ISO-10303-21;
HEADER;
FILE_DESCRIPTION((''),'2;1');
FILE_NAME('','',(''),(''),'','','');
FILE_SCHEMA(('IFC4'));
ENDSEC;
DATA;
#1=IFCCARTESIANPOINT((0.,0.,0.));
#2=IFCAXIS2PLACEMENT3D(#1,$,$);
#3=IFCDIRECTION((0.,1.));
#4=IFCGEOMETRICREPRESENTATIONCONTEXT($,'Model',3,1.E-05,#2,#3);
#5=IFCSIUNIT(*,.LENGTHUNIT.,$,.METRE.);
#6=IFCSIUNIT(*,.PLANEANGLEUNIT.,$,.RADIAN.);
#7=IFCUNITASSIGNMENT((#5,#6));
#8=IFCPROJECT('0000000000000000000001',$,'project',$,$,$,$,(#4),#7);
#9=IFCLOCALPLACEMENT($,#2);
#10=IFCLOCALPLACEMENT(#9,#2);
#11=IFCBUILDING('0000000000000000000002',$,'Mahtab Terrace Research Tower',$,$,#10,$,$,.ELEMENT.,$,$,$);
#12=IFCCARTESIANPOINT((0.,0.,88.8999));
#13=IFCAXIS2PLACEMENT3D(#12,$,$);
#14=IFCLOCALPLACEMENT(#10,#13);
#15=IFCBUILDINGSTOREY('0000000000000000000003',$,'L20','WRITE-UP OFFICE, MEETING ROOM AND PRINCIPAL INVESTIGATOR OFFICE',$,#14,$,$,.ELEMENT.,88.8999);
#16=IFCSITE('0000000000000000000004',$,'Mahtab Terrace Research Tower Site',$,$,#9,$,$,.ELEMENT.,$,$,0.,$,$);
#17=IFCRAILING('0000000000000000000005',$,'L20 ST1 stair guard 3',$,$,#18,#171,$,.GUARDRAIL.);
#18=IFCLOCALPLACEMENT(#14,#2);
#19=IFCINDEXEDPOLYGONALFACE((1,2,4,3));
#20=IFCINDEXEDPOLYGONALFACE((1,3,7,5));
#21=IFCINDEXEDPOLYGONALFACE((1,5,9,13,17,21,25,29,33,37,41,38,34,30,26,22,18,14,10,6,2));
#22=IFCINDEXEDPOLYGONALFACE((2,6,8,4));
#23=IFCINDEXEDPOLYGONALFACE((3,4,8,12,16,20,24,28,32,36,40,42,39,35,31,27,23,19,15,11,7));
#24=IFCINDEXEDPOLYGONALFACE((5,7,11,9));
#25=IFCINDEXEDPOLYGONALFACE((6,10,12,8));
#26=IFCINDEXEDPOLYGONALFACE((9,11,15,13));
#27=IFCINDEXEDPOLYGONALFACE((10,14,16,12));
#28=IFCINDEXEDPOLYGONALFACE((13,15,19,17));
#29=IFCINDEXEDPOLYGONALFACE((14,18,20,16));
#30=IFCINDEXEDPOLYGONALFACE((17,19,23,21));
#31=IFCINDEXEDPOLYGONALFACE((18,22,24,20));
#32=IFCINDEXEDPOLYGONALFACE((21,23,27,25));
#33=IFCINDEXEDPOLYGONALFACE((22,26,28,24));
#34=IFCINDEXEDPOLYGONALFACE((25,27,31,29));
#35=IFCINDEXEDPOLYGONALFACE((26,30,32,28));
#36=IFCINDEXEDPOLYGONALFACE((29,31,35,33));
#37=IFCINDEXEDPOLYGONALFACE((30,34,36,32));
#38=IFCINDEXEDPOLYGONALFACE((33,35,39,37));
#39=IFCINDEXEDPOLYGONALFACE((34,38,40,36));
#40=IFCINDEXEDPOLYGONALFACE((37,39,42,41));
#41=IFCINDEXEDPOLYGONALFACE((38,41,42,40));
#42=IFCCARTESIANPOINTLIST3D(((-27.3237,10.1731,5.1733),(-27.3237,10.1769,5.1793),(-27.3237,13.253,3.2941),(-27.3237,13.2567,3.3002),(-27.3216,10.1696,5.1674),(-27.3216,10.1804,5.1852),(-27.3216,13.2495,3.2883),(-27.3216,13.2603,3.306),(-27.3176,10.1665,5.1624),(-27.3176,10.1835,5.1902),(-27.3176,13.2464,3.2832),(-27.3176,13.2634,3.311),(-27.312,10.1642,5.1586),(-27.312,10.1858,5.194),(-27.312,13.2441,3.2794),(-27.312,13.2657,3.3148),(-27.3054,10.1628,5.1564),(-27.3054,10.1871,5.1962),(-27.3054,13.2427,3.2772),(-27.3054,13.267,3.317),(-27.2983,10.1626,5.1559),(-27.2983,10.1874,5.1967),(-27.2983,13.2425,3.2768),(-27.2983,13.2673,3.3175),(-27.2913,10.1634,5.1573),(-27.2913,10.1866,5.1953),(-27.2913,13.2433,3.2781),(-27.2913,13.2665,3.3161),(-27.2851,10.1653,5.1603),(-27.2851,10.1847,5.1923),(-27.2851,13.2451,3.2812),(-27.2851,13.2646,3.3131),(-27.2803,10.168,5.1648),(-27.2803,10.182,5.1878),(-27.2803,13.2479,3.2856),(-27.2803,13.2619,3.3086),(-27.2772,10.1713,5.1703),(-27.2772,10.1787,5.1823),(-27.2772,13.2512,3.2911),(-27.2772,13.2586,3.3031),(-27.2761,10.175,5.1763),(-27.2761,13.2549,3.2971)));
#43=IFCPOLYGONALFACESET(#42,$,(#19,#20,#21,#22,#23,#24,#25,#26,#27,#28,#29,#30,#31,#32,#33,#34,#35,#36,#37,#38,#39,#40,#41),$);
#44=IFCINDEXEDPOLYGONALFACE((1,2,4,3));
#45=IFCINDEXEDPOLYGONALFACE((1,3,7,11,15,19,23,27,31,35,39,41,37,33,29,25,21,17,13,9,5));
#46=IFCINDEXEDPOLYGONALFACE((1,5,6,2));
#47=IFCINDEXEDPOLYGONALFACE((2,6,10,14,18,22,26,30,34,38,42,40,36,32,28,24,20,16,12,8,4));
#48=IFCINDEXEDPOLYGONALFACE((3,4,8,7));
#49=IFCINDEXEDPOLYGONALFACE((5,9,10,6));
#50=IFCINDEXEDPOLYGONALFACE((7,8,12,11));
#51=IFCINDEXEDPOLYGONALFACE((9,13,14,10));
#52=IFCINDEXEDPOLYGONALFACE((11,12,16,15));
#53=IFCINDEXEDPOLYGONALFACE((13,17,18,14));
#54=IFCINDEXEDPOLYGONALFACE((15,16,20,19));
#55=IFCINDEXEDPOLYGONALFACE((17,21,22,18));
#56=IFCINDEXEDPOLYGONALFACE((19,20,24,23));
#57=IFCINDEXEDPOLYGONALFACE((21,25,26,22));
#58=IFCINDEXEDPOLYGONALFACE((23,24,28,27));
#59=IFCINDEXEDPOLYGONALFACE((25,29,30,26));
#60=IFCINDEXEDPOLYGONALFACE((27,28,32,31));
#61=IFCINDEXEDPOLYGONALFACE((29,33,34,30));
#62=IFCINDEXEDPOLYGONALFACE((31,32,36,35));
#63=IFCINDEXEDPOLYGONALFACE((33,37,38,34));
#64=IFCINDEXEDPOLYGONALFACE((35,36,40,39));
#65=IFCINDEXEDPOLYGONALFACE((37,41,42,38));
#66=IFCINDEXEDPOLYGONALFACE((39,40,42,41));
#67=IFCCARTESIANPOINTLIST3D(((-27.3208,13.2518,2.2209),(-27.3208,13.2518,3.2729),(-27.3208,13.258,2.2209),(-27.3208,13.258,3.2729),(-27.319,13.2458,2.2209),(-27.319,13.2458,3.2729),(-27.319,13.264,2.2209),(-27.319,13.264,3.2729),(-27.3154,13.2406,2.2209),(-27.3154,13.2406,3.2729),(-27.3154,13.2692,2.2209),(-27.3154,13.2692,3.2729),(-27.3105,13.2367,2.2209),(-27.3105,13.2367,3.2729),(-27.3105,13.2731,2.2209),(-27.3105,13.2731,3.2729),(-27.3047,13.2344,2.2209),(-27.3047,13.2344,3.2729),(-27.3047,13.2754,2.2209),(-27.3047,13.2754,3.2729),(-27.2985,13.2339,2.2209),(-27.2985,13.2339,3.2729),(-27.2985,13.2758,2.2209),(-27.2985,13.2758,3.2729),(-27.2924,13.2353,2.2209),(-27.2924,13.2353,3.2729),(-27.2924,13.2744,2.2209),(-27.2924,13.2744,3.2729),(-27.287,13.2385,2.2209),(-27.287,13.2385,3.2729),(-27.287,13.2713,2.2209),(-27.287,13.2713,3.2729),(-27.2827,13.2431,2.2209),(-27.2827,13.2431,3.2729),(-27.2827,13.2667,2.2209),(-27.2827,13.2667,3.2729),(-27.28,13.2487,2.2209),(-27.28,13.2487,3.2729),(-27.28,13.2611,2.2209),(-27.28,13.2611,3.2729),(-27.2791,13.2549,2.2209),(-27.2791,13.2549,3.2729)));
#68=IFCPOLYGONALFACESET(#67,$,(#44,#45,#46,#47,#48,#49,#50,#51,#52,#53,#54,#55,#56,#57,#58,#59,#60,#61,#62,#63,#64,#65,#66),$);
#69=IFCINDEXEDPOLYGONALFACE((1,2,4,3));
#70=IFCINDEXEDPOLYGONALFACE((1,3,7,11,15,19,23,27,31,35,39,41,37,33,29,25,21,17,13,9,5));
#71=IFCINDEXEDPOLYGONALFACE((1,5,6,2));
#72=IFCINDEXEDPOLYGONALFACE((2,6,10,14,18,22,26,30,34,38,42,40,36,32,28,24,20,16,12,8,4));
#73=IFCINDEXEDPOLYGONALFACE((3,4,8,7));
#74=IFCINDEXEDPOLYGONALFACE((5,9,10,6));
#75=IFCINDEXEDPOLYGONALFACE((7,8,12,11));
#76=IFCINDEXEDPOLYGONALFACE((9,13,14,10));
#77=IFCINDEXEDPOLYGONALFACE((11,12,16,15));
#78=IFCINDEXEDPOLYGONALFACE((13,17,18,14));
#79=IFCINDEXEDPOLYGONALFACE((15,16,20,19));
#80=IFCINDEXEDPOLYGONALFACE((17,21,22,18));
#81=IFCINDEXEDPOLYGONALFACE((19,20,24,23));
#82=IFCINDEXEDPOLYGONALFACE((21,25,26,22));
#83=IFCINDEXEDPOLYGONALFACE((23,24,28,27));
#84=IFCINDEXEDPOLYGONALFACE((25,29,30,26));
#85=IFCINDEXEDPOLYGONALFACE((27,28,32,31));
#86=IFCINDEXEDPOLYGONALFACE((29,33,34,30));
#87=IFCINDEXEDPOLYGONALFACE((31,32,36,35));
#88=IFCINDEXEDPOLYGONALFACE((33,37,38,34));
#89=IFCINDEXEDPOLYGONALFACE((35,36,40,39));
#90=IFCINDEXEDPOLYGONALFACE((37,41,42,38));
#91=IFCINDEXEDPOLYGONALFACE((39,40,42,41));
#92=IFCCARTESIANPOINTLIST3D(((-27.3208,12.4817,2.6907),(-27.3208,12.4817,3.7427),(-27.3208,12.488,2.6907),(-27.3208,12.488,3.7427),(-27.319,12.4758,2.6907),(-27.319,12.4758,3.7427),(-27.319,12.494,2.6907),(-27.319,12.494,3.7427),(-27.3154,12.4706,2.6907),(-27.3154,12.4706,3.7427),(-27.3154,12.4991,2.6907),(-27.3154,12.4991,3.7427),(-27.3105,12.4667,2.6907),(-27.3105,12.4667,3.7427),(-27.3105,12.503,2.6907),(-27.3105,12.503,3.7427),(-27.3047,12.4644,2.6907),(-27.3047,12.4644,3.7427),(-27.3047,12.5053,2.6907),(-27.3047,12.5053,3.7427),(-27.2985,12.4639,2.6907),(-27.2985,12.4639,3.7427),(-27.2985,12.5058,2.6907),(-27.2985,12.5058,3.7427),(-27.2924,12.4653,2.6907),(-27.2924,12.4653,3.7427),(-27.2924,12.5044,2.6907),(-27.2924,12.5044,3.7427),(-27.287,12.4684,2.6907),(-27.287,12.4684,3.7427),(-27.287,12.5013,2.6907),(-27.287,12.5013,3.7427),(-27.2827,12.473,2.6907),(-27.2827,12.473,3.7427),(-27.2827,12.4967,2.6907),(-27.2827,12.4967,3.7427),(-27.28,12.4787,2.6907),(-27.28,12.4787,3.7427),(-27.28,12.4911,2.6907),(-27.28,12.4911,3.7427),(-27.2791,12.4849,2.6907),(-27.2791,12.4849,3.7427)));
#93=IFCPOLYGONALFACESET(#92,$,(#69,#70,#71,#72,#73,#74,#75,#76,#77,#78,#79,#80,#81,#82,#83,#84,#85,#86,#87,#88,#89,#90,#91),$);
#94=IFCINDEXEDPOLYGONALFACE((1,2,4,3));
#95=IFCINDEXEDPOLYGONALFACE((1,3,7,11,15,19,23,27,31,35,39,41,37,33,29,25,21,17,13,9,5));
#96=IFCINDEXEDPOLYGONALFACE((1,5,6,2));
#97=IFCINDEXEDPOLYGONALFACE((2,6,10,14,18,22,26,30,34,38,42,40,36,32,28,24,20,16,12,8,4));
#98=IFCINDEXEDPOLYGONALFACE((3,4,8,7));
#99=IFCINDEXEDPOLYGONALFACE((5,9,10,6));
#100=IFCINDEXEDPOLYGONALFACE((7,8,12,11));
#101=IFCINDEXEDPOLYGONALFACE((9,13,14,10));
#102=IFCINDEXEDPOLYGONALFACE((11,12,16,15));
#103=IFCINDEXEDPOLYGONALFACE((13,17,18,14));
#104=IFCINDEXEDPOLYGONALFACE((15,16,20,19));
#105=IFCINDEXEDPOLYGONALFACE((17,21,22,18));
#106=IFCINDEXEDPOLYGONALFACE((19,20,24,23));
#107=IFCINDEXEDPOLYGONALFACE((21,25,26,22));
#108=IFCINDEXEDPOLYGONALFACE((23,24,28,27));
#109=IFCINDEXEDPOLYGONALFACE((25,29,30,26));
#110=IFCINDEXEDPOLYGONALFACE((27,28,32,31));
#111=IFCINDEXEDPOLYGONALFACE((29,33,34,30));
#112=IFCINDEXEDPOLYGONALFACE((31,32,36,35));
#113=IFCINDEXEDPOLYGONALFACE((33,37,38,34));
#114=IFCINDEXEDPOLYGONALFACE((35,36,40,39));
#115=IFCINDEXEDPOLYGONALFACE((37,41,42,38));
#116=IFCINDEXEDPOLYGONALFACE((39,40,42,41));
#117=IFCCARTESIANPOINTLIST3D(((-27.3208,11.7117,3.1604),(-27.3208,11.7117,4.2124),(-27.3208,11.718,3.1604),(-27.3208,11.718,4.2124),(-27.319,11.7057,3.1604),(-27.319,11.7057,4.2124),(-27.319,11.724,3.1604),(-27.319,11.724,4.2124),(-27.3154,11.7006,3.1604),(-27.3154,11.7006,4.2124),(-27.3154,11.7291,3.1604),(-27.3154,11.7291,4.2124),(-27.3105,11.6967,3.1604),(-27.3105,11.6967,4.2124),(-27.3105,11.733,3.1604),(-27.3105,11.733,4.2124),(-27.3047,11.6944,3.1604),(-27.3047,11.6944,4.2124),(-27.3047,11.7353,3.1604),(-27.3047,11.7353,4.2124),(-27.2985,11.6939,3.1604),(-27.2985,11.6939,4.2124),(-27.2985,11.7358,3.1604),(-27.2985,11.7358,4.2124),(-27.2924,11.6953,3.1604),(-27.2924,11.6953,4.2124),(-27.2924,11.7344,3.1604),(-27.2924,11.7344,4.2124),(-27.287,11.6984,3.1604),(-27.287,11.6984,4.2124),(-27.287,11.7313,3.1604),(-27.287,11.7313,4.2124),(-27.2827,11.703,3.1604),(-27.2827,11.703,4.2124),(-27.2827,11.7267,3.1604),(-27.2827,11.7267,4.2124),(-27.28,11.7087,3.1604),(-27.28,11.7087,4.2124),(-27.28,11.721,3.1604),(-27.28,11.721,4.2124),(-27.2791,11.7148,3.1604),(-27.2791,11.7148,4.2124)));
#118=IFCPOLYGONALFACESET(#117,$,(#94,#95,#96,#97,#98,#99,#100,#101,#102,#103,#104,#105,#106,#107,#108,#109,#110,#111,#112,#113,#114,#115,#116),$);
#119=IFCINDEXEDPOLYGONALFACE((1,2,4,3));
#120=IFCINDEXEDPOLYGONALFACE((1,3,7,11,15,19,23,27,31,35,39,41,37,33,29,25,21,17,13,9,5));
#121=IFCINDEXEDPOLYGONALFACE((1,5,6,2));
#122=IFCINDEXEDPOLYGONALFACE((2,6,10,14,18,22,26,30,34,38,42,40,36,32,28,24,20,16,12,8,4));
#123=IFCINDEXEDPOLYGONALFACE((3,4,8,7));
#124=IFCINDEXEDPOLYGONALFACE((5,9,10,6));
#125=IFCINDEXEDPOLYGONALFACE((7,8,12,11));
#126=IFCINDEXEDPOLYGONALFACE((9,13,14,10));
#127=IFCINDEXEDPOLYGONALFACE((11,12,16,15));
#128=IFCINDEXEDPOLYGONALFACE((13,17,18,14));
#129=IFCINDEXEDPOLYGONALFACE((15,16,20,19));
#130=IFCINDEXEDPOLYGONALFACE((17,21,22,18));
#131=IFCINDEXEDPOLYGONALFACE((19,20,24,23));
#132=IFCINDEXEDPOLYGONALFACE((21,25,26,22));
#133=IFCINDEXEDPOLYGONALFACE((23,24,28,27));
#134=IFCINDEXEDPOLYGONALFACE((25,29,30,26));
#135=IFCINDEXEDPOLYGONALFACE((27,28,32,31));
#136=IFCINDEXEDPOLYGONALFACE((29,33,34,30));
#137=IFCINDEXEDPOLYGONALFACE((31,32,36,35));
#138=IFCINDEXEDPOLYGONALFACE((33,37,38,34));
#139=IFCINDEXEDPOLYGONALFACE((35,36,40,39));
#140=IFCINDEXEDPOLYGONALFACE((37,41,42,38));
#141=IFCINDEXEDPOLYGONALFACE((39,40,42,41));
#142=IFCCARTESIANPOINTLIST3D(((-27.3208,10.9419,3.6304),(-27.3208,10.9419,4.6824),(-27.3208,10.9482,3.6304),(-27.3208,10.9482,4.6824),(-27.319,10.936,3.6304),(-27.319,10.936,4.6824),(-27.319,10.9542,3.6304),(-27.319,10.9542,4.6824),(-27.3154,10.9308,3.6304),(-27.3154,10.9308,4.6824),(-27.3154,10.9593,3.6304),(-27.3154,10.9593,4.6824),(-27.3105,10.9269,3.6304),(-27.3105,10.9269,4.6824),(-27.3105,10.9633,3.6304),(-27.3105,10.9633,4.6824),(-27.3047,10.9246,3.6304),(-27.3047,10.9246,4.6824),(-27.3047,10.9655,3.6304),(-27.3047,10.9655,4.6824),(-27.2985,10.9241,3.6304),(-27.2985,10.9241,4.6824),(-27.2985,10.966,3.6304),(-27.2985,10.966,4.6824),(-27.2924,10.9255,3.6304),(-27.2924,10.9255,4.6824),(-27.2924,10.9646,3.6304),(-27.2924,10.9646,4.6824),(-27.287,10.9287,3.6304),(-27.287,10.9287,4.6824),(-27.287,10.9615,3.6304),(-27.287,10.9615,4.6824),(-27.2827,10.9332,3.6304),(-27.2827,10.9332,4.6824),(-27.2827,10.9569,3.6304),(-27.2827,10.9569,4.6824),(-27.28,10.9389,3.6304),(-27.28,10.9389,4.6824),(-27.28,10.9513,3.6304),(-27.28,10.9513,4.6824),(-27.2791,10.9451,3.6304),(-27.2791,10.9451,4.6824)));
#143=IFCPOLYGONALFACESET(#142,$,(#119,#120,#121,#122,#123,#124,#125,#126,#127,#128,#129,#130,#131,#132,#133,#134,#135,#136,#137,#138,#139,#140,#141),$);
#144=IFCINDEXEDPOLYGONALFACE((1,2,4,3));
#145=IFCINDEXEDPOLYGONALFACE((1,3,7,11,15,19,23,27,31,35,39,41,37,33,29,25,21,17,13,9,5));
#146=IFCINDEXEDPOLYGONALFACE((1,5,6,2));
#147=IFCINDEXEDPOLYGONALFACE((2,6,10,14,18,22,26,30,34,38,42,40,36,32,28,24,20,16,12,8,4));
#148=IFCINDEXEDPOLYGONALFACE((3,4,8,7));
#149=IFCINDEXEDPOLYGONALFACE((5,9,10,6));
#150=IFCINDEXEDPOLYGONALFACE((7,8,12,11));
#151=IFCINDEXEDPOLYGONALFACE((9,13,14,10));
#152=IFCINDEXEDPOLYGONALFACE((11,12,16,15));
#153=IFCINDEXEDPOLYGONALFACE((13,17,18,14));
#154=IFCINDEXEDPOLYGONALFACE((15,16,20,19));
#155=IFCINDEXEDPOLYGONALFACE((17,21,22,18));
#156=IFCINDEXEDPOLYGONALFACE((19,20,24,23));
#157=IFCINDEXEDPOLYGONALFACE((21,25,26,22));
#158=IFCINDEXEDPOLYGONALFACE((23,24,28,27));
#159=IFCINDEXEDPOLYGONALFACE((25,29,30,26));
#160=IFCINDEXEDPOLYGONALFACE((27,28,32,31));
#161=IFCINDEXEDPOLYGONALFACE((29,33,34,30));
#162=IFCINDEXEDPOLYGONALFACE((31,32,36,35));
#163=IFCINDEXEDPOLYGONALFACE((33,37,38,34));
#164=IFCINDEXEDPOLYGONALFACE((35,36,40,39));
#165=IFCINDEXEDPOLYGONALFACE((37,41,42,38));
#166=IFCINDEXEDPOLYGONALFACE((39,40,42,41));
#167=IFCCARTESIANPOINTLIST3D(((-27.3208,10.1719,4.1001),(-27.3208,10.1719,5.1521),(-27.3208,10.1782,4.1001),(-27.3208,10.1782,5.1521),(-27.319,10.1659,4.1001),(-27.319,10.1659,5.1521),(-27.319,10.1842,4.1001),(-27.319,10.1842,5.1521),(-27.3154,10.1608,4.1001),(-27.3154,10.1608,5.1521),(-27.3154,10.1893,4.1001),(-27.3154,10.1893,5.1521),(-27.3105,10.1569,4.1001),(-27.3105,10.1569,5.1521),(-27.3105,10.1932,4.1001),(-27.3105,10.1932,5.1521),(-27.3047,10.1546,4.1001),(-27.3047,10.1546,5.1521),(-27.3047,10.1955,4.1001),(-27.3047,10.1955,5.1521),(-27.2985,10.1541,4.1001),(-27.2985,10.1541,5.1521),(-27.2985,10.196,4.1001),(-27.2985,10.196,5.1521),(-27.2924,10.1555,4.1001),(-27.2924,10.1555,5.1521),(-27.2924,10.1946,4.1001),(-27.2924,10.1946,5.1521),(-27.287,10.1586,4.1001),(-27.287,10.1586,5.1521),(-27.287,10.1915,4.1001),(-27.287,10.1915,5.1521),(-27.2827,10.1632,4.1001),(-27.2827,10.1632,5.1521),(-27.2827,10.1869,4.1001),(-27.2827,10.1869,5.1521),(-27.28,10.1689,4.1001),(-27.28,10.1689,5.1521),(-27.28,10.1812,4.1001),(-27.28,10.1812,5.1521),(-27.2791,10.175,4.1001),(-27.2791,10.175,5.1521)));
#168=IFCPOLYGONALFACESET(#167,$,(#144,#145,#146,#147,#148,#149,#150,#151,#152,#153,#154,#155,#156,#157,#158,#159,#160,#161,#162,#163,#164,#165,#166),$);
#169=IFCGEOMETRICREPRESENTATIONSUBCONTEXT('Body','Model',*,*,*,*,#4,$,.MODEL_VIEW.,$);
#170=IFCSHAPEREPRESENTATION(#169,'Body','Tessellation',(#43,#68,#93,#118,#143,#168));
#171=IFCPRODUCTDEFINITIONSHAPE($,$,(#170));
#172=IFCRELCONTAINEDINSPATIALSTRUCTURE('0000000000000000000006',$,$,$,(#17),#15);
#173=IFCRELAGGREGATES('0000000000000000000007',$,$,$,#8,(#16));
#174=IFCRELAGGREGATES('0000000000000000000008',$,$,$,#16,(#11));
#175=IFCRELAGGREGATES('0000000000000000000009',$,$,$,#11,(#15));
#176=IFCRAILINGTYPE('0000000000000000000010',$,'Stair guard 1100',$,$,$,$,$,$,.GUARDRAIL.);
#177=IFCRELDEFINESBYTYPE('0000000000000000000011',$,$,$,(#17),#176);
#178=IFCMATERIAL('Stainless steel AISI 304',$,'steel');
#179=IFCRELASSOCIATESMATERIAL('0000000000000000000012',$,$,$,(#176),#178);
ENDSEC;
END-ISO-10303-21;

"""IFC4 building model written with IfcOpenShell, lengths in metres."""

from ifc_helpers import new_model, si_unit, direction, frame, origin, origin_2d, place, context, subcontext, project, spatial, circle, extrude, material, type_object, element, save


model = new_model("IFC4")

# Units and contexts
model_context = context("Model", 3, precision=1e-05, world=origin(), true_north=direction((0.0, 1.0)))
body_context = subcontext(model_context, "Body", "Model", "MODEL_VIEW")
ifc_project = project(units=[si_unit("LENGTHUNIT", "METRE"), si_unit("PLANEANGLEUNIT", "RADIAN")], contexts=[model_context])

# Site, building, storey
site_placement = place(None, origin())
site = spatial("IfcSite", under=ifc_project, at=site_placement, Name="Mahtab Terrace Research Tower Site", CompositionType="ELEMENT", RefElevation=0.0)
building_placement = place(site_placement, origin())
building = spatial("IfcBuilding", under=site, at=building_placement, Name="Mahtab Terrace Research Tower", CompositionType="ELEMENT")
storey_placement = place(building_placement, frame((0.0, 0.0, 88.8999)))
storey = spatial("IfcBuildingStorey", under=building, at=storey_placement, Name="L20", Description="WRITE-UP OFFICE, MEETING ROOM AND PRINCIPAL INVESTIGATOR OFFICE", CompositionType="ELEMENT", Elevation=88.8999)

# Railing
ifc_material_1 = material(Name="Stainless steel AISI 304", Category="steel")
railing_type_1 = type_object("IfcRailingType", Name="Stair guard 1100", PredefinedType="GUARDRAIL", material=ifc_material_1)
railing_1_placement = place(storey_placement, frame((-27.3, 13.2549, 2.2209)))
element("IfcRailing", 1, at=railing_1_placement, inside=storey, type_object=railing_type_1, Name="L20 ST1 stair guard 3", PredefinedType="GUARDRAIL", context=body_context, shape_type="SweptSolid", body=[
    extrude(circle(Radius=0.0239, at=origin_2d()), frame((0.0, 0.0, 1.0762), z_axis=(0.0, -0.853648, 0.52085), x_axis=(1.0, 0.0, 0.0)), (0.0, 0.0, 1.0), 3.6079),
    extrude(circle(Radius=0.021, at=origin_2d()), origin(), (0.0, 0.0, 1.0), 1.052),
    extrude(circle(Radius=0.021, at=origin_2d()), frame((0.0, -0.77, 0.4697)), (0.0, 0.0, 1.0), 1.052),
    extrude(circle(Radius=0.021, at=origin_2d()), frame((0.0, -1.54, 0.9395)), (0.0, 0.0, 1.0), 1.052),
    extrude(circle(Radius=0.021, at=origin_2d()), frame((0.0, -2.3098, 1.4094)), (0.0, 0.0, 1.0), 1.052),
    extrude(circle(Radius=0.021, at=origin_2d()), frame((0.0, -3.0798, 1.8792)), (0.0, 0.0, 1.0), 1.052),
])

save(model, "model.ifc")
